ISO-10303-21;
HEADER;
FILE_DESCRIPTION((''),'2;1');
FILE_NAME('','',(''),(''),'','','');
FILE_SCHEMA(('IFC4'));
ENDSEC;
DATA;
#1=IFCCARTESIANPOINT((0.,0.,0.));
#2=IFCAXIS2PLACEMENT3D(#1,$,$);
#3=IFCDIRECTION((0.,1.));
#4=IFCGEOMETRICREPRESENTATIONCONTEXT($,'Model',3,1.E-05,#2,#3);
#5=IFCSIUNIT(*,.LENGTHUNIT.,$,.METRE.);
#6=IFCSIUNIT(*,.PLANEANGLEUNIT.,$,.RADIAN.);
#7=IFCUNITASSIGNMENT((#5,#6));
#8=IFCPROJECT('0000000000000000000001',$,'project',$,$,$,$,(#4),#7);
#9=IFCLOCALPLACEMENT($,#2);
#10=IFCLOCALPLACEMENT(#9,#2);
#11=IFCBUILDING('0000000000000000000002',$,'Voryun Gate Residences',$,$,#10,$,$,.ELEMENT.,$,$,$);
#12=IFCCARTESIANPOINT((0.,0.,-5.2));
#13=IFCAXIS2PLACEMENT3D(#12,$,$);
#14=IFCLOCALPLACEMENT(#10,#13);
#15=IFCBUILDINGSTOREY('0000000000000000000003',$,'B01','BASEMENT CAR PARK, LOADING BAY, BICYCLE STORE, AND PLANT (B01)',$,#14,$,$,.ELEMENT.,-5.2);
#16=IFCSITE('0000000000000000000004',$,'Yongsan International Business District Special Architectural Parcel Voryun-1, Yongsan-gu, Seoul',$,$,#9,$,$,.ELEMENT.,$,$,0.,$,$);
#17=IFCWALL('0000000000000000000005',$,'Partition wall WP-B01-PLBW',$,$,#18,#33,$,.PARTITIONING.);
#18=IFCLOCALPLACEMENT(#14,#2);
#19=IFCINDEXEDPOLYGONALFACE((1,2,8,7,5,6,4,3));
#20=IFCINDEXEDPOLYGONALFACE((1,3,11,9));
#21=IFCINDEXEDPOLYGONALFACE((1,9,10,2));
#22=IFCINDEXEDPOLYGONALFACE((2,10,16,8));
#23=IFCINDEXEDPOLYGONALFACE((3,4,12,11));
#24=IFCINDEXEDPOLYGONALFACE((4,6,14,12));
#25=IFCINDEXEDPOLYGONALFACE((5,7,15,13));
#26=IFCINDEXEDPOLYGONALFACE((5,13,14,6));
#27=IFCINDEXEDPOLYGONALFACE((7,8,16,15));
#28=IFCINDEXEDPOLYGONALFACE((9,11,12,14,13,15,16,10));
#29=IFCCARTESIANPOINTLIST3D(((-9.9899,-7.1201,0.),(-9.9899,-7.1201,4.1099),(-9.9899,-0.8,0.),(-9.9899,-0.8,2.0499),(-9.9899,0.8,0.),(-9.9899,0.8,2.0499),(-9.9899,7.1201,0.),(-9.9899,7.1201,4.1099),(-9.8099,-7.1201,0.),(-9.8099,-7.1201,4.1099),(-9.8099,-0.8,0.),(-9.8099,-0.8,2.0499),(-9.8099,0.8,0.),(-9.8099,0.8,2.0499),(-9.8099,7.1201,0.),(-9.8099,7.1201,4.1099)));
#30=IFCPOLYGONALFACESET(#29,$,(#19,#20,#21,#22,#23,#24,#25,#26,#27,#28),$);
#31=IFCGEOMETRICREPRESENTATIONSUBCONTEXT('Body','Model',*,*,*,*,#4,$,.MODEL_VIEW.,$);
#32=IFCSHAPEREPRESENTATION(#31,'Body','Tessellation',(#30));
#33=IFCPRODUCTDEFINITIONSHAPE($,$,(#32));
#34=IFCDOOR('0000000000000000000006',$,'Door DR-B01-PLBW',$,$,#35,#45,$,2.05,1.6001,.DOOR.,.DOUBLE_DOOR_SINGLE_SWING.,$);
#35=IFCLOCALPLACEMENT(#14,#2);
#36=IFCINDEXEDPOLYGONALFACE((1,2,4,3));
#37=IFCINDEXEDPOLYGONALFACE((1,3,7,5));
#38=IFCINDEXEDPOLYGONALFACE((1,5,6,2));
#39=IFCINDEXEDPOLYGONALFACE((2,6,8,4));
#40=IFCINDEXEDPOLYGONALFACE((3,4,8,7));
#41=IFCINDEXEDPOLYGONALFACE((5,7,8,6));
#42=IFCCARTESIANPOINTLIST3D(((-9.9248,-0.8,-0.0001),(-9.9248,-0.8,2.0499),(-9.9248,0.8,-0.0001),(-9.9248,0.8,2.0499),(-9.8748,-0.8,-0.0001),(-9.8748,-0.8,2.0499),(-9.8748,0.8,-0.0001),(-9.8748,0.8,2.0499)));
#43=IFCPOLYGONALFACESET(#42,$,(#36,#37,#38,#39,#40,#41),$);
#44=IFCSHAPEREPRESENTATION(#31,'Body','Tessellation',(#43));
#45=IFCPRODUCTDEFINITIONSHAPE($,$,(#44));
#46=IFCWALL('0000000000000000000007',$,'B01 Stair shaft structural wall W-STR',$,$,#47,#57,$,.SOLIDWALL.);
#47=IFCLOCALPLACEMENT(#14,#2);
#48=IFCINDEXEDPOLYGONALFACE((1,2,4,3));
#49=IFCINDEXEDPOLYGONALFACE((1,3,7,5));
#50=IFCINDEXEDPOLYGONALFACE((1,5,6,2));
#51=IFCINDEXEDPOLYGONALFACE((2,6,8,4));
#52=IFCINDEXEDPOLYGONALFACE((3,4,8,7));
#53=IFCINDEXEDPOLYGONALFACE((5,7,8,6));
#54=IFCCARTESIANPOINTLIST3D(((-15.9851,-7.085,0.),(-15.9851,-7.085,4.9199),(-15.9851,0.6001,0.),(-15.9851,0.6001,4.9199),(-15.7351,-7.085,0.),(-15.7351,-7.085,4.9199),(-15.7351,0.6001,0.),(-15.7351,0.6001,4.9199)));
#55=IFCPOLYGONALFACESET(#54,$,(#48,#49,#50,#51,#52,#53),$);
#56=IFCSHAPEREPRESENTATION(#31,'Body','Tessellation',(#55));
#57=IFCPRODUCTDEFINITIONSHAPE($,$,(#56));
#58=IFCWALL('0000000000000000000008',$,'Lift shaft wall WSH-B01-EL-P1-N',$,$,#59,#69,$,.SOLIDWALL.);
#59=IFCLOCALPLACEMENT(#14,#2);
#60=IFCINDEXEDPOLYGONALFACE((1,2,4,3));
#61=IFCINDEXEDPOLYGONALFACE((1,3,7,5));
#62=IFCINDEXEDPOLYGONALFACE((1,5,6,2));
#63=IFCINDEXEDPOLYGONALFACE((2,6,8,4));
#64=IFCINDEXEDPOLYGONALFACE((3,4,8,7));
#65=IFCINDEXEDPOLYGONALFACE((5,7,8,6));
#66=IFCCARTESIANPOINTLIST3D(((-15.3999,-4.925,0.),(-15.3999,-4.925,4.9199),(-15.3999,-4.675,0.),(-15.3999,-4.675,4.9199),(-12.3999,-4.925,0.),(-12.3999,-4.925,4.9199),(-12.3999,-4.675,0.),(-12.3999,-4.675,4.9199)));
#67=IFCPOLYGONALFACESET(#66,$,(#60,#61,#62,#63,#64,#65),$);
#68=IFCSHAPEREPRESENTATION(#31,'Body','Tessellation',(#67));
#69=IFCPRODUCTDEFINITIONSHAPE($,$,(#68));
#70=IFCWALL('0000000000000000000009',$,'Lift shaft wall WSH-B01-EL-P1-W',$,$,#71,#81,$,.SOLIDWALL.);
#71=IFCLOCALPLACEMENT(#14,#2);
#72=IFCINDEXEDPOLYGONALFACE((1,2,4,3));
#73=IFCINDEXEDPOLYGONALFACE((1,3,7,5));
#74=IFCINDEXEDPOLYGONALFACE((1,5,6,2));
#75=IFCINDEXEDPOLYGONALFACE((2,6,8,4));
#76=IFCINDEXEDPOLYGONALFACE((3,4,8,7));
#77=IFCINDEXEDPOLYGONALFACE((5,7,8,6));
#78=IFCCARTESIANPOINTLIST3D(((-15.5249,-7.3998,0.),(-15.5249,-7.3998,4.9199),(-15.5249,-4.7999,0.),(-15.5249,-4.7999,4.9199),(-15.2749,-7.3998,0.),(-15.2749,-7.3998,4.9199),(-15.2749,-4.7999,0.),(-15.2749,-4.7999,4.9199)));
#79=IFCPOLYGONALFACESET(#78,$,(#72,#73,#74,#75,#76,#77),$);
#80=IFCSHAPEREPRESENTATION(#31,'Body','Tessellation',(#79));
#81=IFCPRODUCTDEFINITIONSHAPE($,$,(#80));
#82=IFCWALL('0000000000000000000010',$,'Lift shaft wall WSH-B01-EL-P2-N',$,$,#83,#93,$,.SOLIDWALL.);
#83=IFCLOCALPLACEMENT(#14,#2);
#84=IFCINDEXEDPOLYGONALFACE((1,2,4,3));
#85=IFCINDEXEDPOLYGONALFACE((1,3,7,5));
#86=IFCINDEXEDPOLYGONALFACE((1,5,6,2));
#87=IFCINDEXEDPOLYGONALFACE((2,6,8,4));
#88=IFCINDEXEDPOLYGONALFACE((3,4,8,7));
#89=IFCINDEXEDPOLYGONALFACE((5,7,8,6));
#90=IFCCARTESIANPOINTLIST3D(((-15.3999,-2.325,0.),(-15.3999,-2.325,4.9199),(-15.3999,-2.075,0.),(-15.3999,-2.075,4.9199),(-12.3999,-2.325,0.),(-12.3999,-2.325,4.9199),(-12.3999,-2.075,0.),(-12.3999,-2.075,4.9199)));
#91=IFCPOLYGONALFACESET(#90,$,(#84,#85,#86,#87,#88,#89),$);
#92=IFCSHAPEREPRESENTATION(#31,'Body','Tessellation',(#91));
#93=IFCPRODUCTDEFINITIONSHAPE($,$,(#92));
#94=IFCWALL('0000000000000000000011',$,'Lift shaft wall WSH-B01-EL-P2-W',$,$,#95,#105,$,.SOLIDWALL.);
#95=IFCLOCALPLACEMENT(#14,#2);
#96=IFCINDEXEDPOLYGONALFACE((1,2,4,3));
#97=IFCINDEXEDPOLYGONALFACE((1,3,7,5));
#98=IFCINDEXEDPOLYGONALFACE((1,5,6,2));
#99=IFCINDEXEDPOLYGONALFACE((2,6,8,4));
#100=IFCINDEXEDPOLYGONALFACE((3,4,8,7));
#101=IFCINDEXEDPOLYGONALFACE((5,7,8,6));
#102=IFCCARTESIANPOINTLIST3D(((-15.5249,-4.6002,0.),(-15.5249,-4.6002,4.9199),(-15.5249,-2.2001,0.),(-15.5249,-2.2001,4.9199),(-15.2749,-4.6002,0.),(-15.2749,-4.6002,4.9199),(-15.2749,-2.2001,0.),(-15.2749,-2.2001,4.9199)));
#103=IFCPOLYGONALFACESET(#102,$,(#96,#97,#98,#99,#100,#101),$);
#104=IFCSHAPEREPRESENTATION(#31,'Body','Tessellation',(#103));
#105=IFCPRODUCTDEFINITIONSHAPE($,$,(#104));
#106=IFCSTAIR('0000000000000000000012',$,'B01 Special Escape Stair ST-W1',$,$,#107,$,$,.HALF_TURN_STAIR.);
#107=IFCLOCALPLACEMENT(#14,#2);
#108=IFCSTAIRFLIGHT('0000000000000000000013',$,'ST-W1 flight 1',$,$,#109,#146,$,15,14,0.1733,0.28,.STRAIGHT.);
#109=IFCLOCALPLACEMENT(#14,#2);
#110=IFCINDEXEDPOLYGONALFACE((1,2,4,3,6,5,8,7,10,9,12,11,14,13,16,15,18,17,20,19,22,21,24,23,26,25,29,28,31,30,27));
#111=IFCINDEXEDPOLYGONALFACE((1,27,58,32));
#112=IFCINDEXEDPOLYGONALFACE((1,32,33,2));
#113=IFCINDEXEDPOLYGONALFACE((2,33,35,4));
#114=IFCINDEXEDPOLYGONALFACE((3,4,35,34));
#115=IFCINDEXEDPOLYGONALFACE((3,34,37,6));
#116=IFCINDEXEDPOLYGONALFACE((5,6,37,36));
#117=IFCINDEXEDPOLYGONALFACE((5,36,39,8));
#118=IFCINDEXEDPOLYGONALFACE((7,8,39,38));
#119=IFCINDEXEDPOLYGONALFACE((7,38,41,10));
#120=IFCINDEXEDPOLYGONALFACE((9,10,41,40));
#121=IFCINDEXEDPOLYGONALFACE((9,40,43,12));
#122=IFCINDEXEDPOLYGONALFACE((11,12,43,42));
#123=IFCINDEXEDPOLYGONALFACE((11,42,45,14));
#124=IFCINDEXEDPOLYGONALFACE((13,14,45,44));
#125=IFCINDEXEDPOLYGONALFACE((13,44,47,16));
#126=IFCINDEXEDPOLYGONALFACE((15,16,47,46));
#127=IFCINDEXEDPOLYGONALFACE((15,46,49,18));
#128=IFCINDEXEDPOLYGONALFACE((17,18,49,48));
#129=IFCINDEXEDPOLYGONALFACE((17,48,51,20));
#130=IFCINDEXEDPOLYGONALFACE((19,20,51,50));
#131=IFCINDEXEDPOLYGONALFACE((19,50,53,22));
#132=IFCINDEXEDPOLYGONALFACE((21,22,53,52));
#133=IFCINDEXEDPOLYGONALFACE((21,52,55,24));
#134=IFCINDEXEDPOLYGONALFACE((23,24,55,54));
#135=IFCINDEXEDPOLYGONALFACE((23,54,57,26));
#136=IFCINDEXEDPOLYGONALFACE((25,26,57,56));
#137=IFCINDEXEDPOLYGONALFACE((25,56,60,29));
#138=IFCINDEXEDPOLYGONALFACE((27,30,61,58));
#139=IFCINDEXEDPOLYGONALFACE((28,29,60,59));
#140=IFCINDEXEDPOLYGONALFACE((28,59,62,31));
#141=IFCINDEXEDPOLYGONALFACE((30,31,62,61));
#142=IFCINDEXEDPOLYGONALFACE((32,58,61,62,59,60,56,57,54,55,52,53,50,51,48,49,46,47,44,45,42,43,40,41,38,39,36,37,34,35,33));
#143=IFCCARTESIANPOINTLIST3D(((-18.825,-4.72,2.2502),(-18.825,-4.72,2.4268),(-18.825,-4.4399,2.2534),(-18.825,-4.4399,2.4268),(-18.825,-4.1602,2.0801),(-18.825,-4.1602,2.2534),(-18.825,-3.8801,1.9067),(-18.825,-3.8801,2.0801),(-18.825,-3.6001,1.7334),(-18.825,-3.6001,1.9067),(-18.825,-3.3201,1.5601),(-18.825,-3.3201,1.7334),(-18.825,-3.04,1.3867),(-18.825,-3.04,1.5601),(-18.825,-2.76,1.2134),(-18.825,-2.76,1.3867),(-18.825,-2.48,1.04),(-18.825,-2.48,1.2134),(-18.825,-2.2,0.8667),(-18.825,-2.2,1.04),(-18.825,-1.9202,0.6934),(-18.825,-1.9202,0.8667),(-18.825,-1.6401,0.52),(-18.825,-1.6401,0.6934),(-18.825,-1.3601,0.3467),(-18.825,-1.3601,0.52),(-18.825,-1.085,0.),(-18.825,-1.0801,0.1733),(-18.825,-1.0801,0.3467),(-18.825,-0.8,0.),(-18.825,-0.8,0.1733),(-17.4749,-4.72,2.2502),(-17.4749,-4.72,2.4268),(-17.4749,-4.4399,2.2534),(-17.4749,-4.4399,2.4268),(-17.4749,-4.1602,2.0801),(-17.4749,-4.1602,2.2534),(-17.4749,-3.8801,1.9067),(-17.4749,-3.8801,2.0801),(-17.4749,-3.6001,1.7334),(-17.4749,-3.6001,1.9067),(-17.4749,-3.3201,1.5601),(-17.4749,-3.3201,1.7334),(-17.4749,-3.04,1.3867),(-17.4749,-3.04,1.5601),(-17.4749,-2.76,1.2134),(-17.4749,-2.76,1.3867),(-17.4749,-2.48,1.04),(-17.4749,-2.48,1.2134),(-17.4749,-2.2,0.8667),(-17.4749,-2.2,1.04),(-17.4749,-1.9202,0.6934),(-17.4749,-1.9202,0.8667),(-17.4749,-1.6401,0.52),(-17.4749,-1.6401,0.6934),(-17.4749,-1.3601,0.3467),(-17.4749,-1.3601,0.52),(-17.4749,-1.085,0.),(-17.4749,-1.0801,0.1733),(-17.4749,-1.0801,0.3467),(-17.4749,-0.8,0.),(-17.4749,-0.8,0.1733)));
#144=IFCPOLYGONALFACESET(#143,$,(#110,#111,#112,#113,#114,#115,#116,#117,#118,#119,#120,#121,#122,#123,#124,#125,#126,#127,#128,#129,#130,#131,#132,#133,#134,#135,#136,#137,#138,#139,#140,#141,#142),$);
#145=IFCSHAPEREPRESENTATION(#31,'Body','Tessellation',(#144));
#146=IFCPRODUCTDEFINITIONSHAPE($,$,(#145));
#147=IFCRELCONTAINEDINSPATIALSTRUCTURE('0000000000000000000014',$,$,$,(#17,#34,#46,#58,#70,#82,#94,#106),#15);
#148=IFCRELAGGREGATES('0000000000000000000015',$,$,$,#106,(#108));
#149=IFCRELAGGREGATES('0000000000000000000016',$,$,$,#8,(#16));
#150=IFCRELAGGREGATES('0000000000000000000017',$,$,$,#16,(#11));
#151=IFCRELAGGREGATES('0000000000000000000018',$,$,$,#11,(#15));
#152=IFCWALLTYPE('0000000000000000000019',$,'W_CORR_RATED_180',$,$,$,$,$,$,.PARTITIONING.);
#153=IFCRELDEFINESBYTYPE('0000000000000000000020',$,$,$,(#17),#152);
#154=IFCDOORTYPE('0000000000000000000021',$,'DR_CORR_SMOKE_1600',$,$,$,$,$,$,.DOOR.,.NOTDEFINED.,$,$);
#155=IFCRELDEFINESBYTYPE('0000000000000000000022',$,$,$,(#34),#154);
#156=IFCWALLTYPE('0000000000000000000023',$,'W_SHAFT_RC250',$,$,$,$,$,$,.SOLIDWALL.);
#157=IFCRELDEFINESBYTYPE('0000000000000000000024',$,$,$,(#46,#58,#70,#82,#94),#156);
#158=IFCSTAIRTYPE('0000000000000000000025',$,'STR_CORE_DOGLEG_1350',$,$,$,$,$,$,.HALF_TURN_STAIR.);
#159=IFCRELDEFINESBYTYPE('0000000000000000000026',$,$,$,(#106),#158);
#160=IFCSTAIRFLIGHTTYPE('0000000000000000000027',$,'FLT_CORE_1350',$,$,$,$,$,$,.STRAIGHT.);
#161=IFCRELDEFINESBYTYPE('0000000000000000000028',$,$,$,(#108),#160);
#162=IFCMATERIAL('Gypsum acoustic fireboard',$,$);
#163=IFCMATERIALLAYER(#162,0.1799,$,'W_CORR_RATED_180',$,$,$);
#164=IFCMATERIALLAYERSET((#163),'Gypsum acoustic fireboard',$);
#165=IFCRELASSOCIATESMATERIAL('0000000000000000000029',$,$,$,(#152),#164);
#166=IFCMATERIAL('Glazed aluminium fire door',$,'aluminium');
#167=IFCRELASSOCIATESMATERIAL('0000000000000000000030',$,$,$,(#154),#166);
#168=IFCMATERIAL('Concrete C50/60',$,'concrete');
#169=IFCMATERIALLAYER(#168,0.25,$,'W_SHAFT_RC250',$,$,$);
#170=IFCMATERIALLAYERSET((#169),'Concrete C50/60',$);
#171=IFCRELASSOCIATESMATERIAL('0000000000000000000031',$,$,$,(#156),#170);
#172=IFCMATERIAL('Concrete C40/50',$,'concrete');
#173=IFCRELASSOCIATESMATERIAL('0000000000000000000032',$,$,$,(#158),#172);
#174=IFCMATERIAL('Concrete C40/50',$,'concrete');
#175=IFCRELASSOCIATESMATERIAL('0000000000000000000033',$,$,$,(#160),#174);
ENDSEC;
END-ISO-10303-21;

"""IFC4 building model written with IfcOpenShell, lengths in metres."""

from ifc_helpers import new_model, si_unit, direction, frame, frame_2d, origin, place, context, subcontext, project, spatial, polyline, rectangle, outline, extrude, material, layer, layer_set, type_object, element, fill, aggregate, save


model = new_model("IFC4")

# Units and contexts
model_context = context("Model", 3, precision=1e-05, world=origin(), true_north=direction((0.0, 1.0)))
body_context = subcontext(model_context, "Body", "Model", "MODEL_VIEW")
ifc_project = project(units=[si_unit("LENGTHUNIT", "METRE"), si_unit("PLANEANGLEUNIT", "RADIAN")], contexts=[model_context])

# Site, building, storey
site_placement = place(None, origin())
site = spatial("IfcSite", under=ifc_project, at=site_placement, Name="Yongsan International Business District Special Architectural Parcel Voryun-1, Yongsan-gu, Seoul", CompositionType="ELEMENT", RefElevation=0.0)
building_placement = place(site_placement, origin())
building = spatial("IfcBuilding", under=site, at=building_placement, Name="Voryun Gate Residences", CompositionType="ELEMENT")
storey_placement = place(building_placement, frame((0.0, 0.0, -5.2)))
storey = spatial("IfcBuildingStorey", under=building, at=storey_placement, Name="B01", Description="BASEMENT CAR PARK, LOADING BAY, BICYCLE STORE, AND PLANT (B01)", CompositionType="ELEMENT", Elevation=-5.2)

# Shared definitions
ifc_material_1 = material(Name="Gypsum acoustic fireboard")
ifc_layer_1 = layer(ifc_material_1, 0.1799, Name="W_CORR_RATED_180")
ifc_layer_set_1 = layer_set([ifc_layer_1], Name="Gypsum acoustic fireboard")
wall_type_1 = type_object("IfcWallType", Name="W_CORR_RATED_180", PredefinedType="PARTITIONING", material=ifc_layer_set_1)

# Wall, opening, door
wall_1_placement = place(storey_placement, frame((-9.8999, -7.1201, 0.0), z_axis=(0.0, 0.0, 1.0), x_axis=(0.0, 1.0, 0.0)))
wall_1 = element("IfcWall", 1, at=wall_1_placement, inside=storey, type_object=wall_type_1, Name="Partition wall WP-B01-PLBW", PredefinedType="PARTITIONING", context=body_context, shape_type="SweptSolid", body=[
    extrude(rectangle(XDim=14.2402, YDim=0.1799, at=frame_2d((7.1201, 0.0))), origin(), (0.0, 0.0, 1.0), 4.1099),
])
opening_1_placement = place(wall_1_placement, frame((6.3201, 0.0, 0.0)))
opening_1 = element("IfcOpeningElement", 2, at=opening_1_placement, cuts=wall_1, PredefinedType="OPENING", context=body_context, shape_type="SweptSolid", body=[
    extrude(rectangle(XDim=1.6001, YDim=2.05, at=frame_2d((0.8, 1.0249))), frame((0.0, 0.0999, 0.0), z_axis=(0.0, -1.0, 0.0), x_axis=(1.0, 0.0, 0.0)), (0.0, 0.0, 1.0), 0.2),
])
ifc_material_2 = material(Name="Glazed aluminium fire door", Category="aluminium")
door_type_1 = type_object("IfcDoorType", Name="DR_CORR_SMOKE_1600", OperationType="NOTDEFINED", PredefinedType="DOOR", material=ifc_material_2)
door_1_placement = place(opening_1_placement, origin())
door_1 = element("IfcDoor", 3, at=door_1_placement, inside=storey, type_object=door_type_1, Name="Door DR-B01-PLBW", OperationType="DOUBLE_DOOR_SINGLE_SWING", OverallHeight=2.05, OverallWidth=1.6001, PredefinedType="DOOR", context=body_context, shape_type="SweptSolid", body=[
    extrude(rectangle(XDim=1.6001, YDim=2.05, at=frame_2d((0.8, 1.0249))), frame((0.0, 0.0249, 0.0), z_axis=(0.0, -1.0, 0.0), x_axis=(1.0, 0.0, 0.0)), (0.0, 0.0, 1.0), 0.05),
])
fill(opening_1, door_1)

# Walls
ifc_material_3 = material(Name="Concrete C50/60", Category="concrete")
ifc_layer_2 = layer(ifc_material_3, 0.25, Name="W_SHAFT_RC250")
ifc_layer_set_2 = layer_set([ifc_layer_2], Name="Concrete C50/60")
wall_type_2 = type_object("IfcWallType", Name="W_SHAFT_RC250", PredefinedType="SOLIDWALL", material=ifc_layer_set_2)
wall_2_placement = place(storey_placement, frame((-15.8601, -7.085, 0.0), z_axis=(0.0, 0.0, 1.0), x_axis=(0.0, 1.0, 0.0)))
element("IfcWall", 4, at=wall_2_placement, inside=storey, type_object=wall_type_2, Name="B01 Stair shaft structural wall W-STR", PredefinedType="SOLIDWALL", context=body_context, shape_type="SweptSolid", body=[
    extrude(rectangle(XDim=7.6851, YDim=0.25, at=frame_2d((3.8425, 0.0))), origin(), (0.0, 0.0, 1.0), 4.9199),
])
wall_3_placement = place(storey_placement, frame((-12.3999, -4.8, 0.0), z_axis=(0.0, 0.0, 1.0), x_axis=(-1.0, 0.0, 0.0)))
element("IfcWall", 5, at=wall_3_placement, inside=storey, type_object=wall_type_2, Name="Lift shaft wall WSH-B01-EL-P1-N", PredefinedType="SOLIDWALL", context=body_context, shape_type="SweptSolid", body=[
    extrude(rectangle(XDim=3.0, YDim=0.25, at=frame_2d((1.5, 0.0))), origin(), (0.0, 0.0, 1.0), 4.9199),
])
wall_4_placement = place(storey_placement, frame((-15.3999, -4.8, 0.0), z_axis=(0.0, 0.0, 1.0), x_axis=(0.0, -1.0, 0.0)))
element("IfcWall", 6, at=wall_4_placement, inside=storey, type_object=wall_type_2, Name="Lift shaft wall WSH-B01-EL-P1-W", PredefinedType="SOLIDWALL", context=body_context, shape_type="SweptSolid", body=[
    extrude(rectangle(XDim=2.5999, YDim=0.25, at=frame_2d((1.2998, 0.0))), origin(), (0.0, 0.0, 1.0), 4.9199),
])
wall_5_placement = place(storey_placement, frame((-12.3999, -2.2, 0.0), z_axis=(0.0, 0.0, 1.0), x_axis=(-1.0, 0.0, 0.0)))
element("IfcWall", 7, at=wall_5_placement, inside=storey, type_object=wall_type_2, Name="Lift shaft wall WSH-B01-EL-P2-N", PredefinedType="SOLIDWALL", context=body_context, shape_type="SweptSolid", body=[
    extrude(rectangle(XDim=3.0, YDim=0.25, at=frame_2d((1.5, 0.0))), origin(), (0.0, 0.0, 1.0), 4.9199),
])
wall_6_placement = place(storey_placement, frame((-15.3999, -2.2, 0.0), z_axis=(0.0, 0.0, 1.0), x_axis=(0.0, -1.0, 0.0)))
element("IfcWall", 8, at=wall_6_placement, inside=storey, type_object=wall_type_2, Name="Lift shaft wall WSH-B01-EL-P2-W", PredefinedType="SOLIDWALL", context=body_context, shape_type="SweptSolid", body=[
    extrude(rectangle(XDim=2.4001, YDim=0.25, at=frame_2d((1.2002, 0.0))), origin(), (0.0, 0.0, 1.0), 4.9199),
])

# Stair, stair flight
ifc_material_4 = material(Name="Concrete C40/50", Category="concrete")
stair_type = type_object("IfcStairType", Name="STR_CORE_DOGLEG_1350", PredefinedType="HALF_TURN_STAIR", material=ifc_material_4)
stair_placement = place(storey_placement, origin())
stair = element("IfcStair", 9, at=stair_placement, inside=storey, type_object=stair_type, Name="B01 Special Escape Stair ST-W1", PredefinedType="HALF_TURN_STAIR")
ifc_material_5 = material(Name="Concrete C40/50", Category="concrete")
stair_flight_type = type_object("IfcStairFlightType", Name="FLT_CORE_1350", PredefinedType="STRAIGHT", material=ifc_material_5)
stair_flight_1_placement = place(storey_placement, frame((-18.1499, -0.8, 0.0), z_axis=(0.0, 0.0, 1.0), x_axis=(0.0, -1.0, 0.0)))
stair_flight_1 = element("IfcStairFlight", 10, at=stair_flight_1_placement, type_object=stair_flight_type, Name="ST-W1 flight 1", NumberOfRisers=15, NumberOfTreads=14, PredefinedType="STRAIGHT", RiserHeight=0.1733, TreadLength=0.28, context=body_context, shape_type="SweptSolid", body=[
    extrude(outline(polyline([(0.0, 0.0), (0.0, 0.1733), (0.28, 0.1733), (0.28, 0.3467), (0.5601, 0.3467), (0.5601, 0.52), (0.8401, 0.52), (0.8401, 0.6934), (1.1201, 0.6934), (1.1201, 0.8667), (1.3999, 0.8667), (1.3999, 1.04), (1.6799, 1.04), (1.6799, 1.2134), (1.96, 1.2134), (1.96, 1.3867), (2.24, 1.3867), (2.24, 1.5601), (2.52, 1.5601), (2.52, 1.7334), (2.8, 1.7334), (2.8, 1.9067), (3.0801, 1.9067), (3.0801, 2.0801), (3.3601, 2.0801), (3.3601, 2.2534), (3.6399, 2.2534), (3.6399, 2.4268), (3.9199, 2.4268), (3.9199, 2.6001), (3.9199, 2.2502), (0.2849, 0.0), (0.0, 0.0)])), frame((0.0, 0.675, 0.0), z_axis=(0.0, -1.0, 0.0), x_axis=(1.0, 0.0, 0.0)), (0.0, 0.0, 1.0), 1.3501),
])
aggregate(stair, [stair_flight_1])

save(model, "model.ifc")
